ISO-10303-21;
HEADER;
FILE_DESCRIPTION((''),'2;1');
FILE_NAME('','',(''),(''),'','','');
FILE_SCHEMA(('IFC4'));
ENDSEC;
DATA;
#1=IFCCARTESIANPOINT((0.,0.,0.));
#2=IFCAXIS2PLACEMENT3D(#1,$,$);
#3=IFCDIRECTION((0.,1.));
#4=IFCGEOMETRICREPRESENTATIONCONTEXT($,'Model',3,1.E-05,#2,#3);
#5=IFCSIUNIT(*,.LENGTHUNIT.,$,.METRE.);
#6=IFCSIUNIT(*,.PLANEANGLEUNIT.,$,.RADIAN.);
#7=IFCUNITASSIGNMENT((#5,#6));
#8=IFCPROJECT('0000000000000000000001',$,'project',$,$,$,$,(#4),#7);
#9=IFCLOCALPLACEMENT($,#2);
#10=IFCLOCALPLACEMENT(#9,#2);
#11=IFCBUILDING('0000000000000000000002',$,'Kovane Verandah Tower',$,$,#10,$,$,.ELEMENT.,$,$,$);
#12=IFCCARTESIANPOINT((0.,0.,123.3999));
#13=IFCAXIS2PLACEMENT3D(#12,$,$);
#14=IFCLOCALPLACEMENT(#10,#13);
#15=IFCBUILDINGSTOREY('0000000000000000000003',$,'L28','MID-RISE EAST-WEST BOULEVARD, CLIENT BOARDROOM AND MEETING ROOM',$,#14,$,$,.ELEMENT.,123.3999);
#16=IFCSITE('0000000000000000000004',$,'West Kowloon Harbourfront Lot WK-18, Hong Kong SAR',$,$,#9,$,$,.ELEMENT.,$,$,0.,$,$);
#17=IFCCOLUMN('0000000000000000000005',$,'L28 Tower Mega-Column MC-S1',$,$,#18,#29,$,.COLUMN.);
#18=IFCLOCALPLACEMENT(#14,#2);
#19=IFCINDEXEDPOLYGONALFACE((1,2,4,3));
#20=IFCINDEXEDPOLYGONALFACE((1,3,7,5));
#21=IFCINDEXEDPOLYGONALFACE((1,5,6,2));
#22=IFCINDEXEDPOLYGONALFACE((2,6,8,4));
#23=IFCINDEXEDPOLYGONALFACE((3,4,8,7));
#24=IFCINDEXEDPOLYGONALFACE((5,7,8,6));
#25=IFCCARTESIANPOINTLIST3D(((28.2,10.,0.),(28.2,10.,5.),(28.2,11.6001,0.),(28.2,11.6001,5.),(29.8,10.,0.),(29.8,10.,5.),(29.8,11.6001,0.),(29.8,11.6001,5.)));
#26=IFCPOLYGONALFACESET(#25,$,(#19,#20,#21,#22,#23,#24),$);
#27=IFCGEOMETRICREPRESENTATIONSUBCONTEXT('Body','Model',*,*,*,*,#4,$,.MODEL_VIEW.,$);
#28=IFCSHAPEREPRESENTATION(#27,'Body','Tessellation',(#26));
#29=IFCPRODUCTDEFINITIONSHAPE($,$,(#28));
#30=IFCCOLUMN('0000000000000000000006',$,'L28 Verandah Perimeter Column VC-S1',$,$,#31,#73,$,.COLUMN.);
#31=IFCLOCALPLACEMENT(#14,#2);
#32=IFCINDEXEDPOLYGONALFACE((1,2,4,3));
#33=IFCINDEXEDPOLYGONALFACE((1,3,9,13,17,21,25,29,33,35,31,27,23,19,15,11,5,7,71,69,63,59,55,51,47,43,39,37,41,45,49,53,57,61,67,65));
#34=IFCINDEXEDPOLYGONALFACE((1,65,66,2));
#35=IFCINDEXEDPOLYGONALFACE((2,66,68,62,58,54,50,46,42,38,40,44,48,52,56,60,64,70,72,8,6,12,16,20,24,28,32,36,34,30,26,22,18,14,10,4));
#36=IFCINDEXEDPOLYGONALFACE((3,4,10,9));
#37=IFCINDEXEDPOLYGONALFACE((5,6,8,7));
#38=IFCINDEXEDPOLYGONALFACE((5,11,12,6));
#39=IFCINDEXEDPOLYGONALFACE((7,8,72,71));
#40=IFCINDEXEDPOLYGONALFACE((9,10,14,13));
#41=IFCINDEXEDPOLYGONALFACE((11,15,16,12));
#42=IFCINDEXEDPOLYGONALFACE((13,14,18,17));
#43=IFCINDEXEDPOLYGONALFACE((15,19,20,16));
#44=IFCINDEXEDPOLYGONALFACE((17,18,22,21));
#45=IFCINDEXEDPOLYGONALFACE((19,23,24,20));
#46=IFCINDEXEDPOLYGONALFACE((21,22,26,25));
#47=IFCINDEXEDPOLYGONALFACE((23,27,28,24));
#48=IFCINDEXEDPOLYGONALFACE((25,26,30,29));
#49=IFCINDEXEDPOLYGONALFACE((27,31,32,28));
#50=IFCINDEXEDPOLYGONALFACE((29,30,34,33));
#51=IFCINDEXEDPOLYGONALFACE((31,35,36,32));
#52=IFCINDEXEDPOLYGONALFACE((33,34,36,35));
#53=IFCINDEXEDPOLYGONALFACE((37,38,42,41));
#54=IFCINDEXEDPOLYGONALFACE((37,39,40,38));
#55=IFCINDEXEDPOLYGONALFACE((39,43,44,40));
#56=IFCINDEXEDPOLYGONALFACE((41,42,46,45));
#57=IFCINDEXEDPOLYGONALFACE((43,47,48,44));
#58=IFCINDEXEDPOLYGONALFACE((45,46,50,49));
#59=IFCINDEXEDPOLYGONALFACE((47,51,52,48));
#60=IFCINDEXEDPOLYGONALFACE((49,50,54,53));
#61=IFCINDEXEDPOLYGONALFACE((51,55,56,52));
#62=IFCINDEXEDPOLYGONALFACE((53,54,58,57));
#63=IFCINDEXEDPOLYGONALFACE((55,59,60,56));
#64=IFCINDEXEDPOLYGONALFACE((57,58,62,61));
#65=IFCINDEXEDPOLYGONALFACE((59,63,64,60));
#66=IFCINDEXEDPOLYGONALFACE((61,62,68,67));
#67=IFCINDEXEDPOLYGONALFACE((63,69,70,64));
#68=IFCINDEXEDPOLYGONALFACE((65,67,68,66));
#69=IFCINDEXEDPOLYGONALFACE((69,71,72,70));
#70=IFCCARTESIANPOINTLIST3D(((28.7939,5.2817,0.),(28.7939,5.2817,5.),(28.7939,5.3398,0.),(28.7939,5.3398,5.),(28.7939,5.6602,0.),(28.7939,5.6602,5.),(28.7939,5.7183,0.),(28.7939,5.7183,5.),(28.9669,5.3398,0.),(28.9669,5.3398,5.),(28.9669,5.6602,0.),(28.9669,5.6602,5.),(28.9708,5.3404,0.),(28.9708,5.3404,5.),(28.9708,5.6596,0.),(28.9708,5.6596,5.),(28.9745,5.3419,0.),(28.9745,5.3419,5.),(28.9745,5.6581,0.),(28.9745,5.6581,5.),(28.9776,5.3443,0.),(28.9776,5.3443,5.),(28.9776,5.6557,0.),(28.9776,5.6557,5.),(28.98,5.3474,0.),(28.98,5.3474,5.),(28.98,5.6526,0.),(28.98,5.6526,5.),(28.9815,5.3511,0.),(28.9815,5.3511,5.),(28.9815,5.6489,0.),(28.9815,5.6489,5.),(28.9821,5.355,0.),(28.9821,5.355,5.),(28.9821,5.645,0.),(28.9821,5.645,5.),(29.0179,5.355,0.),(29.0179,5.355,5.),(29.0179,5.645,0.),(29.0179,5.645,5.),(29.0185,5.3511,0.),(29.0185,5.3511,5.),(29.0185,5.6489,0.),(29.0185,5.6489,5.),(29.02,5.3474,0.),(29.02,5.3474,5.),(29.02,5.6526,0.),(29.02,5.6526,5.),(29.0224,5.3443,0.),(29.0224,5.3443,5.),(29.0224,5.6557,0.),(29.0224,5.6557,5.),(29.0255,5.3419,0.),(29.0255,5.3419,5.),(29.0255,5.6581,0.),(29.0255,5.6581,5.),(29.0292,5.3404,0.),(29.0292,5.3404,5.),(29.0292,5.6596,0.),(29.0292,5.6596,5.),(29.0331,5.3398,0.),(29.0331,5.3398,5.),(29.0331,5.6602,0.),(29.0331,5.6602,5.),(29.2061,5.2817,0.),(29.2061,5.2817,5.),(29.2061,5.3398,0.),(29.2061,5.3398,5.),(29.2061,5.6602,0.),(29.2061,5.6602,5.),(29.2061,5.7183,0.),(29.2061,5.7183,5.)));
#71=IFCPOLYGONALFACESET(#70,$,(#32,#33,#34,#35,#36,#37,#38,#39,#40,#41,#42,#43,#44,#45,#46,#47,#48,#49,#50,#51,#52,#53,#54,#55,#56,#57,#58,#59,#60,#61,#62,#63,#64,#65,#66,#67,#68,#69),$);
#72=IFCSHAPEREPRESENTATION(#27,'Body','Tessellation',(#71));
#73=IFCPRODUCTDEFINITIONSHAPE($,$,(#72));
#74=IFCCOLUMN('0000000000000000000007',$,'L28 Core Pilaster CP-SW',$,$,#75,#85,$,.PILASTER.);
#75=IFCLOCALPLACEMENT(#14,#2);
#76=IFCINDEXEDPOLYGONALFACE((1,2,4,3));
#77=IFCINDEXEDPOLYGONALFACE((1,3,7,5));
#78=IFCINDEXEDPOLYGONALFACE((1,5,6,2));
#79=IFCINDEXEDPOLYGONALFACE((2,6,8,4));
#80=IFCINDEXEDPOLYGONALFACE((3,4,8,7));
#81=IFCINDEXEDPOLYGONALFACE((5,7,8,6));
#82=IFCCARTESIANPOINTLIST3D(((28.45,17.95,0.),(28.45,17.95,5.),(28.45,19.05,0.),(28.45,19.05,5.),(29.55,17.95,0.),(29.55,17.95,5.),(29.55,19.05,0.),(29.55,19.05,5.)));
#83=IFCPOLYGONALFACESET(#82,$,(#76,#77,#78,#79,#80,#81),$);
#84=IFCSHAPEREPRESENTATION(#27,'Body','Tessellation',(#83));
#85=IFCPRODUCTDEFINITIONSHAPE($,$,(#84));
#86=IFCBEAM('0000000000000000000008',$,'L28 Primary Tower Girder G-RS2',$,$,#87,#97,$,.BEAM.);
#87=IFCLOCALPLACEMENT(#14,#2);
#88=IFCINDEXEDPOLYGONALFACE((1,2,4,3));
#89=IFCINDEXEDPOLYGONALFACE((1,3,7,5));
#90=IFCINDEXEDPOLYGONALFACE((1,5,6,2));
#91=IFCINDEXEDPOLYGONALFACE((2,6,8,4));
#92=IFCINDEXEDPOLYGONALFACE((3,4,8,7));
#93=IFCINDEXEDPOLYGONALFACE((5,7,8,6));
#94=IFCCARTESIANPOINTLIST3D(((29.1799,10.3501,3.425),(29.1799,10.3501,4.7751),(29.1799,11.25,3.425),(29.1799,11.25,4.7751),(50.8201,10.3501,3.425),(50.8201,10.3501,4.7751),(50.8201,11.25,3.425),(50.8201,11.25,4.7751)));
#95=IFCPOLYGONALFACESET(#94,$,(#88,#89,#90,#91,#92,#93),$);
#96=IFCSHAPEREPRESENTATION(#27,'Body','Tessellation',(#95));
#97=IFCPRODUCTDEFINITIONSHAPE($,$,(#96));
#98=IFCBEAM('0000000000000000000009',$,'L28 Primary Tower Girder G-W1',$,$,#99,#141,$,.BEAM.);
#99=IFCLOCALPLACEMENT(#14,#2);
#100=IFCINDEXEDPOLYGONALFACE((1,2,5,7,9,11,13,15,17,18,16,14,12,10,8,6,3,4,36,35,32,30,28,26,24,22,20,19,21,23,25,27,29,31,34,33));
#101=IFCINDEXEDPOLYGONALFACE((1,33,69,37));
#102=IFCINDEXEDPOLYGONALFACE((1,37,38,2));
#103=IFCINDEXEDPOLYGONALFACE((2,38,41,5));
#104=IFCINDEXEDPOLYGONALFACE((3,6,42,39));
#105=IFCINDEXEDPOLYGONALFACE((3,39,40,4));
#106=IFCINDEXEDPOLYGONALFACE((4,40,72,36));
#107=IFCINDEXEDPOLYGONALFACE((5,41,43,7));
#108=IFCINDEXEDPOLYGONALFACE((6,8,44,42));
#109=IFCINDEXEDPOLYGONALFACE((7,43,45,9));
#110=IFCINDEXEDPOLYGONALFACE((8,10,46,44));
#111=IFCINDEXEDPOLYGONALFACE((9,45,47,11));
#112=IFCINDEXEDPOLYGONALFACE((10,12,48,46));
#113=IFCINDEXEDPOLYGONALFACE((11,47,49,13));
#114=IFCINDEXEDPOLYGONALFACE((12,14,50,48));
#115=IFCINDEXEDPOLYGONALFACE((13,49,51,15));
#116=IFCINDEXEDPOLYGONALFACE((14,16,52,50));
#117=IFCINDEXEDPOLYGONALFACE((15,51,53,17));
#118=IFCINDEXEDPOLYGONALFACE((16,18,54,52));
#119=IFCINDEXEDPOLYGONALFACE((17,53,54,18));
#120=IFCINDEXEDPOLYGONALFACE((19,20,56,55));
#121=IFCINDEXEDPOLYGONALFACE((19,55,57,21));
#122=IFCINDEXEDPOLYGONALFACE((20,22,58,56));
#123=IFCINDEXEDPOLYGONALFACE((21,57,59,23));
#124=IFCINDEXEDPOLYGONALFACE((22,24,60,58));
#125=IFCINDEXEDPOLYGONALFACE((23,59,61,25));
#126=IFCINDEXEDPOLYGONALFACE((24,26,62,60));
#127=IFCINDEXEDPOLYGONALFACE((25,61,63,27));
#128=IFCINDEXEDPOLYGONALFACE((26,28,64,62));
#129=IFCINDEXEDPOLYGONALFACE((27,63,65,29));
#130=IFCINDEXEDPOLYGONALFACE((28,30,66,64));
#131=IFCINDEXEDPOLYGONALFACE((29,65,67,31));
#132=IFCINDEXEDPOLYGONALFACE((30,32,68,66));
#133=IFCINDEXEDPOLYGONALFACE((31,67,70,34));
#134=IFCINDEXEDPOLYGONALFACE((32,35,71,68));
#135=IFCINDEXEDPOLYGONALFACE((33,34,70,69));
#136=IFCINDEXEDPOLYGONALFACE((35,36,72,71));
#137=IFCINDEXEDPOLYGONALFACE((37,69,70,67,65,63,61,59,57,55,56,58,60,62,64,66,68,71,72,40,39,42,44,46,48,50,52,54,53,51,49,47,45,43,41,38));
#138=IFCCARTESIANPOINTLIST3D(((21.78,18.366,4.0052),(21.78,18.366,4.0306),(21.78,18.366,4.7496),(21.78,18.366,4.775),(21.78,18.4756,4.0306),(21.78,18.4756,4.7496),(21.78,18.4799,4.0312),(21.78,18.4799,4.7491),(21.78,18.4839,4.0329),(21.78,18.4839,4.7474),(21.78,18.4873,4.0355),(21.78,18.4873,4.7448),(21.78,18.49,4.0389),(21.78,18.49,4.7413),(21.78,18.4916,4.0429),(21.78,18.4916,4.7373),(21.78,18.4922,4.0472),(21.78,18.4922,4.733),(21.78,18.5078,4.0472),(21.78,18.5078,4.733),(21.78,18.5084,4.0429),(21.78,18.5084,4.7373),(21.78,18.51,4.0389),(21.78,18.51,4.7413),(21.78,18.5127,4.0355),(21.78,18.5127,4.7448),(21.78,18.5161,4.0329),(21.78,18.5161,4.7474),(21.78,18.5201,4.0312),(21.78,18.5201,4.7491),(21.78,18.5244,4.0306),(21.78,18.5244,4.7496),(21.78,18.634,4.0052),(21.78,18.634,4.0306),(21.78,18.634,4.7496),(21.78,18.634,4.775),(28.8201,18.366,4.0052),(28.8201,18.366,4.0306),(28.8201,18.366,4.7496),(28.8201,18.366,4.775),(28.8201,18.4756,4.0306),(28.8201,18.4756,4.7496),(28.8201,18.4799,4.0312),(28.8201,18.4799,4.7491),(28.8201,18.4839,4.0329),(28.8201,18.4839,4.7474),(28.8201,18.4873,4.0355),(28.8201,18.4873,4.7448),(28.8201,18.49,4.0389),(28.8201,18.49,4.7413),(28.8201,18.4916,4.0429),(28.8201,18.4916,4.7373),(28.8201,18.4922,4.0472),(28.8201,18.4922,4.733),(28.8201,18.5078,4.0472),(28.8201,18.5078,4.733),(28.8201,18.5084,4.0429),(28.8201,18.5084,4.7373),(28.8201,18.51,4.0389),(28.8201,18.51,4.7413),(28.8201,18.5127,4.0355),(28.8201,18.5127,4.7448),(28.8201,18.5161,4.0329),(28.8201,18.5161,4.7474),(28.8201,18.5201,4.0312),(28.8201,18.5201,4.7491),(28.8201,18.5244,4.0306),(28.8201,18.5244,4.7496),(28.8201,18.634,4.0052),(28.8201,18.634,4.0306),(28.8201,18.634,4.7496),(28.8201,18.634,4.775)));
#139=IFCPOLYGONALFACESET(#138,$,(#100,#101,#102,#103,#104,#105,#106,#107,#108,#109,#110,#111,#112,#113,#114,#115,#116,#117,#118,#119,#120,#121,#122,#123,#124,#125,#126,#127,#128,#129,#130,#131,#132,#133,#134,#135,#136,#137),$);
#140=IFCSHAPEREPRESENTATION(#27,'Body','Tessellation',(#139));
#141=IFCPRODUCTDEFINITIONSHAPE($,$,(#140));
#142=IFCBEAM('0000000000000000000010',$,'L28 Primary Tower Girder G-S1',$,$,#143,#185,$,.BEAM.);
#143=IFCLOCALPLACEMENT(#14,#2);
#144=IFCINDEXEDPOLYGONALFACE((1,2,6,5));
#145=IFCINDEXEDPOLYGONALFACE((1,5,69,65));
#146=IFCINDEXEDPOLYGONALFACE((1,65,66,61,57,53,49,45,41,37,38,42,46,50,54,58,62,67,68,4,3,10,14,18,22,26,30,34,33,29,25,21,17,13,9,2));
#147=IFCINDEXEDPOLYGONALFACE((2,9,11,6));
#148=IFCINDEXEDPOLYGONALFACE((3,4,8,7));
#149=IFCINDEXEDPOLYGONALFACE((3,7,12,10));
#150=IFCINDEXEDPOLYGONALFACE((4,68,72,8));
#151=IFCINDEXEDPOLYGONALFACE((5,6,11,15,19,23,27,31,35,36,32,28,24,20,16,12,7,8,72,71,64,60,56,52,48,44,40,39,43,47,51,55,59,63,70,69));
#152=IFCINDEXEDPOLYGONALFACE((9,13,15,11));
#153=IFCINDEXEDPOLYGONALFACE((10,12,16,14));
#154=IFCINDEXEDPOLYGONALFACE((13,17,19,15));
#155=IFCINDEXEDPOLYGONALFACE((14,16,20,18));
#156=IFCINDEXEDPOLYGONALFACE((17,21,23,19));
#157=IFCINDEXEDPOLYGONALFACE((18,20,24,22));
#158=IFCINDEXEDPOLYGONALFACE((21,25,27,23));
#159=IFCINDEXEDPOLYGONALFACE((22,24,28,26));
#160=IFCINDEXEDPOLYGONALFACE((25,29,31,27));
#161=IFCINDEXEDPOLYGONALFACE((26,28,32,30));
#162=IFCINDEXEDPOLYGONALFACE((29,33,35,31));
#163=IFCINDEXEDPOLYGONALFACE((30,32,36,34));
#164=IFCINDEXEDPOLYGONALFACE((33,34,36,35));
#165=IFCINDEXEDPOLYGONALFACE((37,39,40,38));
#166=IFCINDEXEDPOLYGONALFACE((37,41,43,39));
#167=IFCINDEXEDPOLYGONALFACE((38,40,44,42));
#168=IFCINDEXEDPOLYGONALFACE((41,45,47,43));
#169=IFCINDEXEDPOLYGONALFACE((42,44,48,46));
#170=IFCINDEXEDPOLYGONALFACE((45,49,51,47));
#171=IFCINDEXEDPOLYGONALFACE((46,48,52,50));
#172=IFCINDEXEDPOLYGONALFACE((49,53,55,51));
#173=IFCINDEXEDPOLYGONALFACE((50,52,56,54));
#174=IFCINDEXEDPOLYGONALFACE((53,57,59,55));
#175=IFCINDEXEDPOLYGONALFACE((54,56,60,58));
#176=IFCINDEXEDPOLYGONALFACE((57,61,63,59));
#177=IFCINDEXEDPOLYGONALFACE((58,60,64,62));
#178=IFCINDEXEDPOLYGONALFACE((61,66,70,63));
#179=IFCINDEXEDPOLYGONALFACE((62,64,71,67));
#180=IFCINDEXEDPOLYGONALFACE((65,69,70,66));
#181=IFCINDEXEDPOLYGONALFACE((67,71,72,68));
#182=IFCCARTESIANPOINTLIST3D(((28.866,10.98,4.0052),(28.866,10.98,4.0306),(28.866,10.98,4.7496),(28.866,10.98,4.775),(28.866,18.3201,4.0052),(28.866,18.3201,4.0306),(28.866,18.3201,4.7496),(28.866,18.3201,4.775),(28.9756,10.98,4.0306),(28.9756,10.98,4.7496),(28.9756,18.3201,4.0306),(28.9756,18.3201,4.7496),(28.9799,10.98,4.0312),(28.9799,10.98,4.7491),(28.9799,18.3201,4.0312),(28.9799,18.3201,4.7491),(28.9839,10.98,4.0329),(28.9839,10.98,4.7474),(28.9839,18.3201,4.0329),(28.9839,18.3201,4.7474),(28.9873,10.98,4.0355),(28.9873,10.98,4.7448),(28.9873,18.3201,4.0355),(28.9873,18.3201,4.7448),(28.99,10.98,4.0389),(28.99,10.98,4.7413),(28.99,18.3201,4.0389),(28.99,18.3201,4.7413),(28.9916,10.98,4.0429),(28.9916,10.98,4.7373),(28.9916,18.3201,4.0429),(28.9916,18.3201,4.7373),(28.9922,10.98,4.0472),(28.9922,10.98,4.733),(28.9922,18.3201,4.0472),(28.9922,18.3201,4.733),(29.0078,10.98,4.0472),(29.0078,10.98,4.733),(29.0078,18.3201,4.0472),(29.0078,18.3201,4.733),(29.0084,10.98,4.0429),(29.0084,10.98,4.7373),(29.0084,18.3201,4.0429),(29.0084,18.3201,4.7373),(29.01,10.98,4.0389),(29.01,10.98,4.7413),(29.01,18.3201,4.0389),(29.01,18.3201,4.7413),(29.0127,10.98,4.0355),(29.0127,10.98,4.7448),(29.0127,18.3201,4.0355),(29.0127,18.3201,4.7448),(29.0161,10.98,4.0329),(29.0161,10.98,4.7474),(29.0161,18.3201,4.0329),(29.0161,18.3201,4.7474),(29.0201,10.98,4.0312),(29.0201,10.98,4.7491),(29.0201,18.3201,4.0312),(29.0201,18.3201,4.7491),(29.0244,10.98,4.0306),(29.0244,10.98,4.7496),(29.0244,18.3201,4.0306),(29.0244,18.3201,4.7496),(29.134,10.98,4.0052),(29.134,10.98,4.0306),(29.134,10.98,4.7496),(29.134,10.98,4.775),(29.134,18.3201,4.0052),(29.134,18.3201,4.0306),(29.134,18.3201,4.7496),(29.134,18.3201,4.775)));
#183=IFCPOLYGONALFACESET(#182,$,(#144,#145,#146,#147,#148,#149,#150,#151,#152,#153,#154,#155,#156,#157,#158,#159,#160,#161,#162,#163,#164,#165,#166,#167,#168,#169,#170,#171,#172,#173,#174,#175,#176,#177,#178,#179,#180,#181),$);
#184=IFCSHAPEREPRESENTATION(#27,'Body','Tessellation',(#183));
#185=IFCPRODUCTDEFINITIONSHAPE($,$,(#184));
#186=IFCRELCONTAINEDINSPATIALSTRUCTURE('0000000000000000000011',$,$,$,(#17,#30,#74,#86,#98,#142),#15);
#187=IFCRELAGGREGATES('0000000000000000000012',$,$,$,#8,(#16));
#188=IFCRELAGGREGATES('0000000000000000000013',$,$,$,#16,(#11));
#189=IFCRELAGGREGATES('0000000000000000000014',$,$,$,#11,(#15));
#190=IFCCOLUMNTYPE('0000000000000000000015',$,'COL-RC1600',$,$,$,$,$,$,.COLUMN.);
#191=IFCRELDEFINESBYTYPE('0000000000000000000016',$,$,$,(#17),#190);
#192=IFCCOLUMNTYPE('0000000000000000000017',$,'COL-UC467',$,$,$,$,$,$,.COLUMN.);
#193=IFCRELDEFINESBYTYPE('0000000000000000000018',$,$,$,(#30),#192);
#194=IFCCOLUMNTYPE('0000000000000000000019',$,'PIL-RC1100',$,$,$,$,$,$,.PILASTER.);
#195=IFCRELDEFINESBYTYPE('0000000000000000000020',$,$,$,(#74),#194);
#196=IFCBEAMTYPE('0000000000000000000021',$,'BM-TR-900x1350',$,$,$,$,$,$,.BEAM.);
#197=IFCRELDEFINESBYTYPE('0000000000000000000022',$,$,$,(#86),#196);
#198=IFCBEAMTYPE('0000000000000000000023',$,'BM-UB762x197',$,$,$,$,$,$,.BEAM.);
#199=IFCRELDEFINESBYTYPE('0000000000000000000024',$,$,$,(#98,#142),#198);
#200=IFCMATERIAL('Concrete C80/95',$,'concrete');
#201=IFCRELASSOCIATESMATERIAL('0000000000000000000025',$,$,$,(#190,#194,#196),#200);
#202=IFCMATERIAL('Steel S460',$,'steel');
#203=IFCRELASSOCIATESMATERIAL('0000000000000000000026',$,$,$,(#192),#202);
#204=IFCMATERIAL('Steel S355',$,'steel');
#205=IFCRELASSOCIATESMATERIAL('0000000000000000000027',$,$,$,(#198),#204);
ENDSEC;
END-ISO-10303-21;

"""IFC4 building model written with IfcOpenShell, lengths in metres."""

from ifc_helpers import new_model, si_unit, direction, frame, origin, origin_2d, place, context, subcontext, project, spatial, rectangle, i_section, extrude, material, material_profile, profile_set, type_object, element, save


model = new_model("IFC4")

# Units and contexts
model_context = context("Model", 3, precision=1e-05, world=origin(), true_north=direction((0.0, 1.0)))
body_context = subcontext(model_context, "Body", "Model", "MODEL_VIEW")
ifc_project = project(units=[si_unit("LENGTHUNIT", "METRE"), si_unit("PLANEANGLEUNIT", "RADIAN")], contexts=[model_context])

# Site, building, storey
site_placement = place(None, origin())
site = spatial("IfcSite", under=ifc_project, at=site_placement, Name="West Kowloon Harbourfront Lot WK-18, Hong Kong SAR", CompositionType="ELEMENT", RefElevation=0.0)
building_placement = place(site_placement, origin())
building = spatial("IfcBuilding", under=site, at=building_placement, Name="Kovane Verandah Tower", CompositionType="ELEMENT")
storey_placement = place(building_placement, frame((0.0, 0.0, 123.3999)))
storey = spatial("IfcBuildingStorey", under=building, at=storey_placement, Name="L28", Description="MID-RISE EAST-WEST BOULEVARD, CLIENT BOARDROOM AND MEETING ROOM", CompositionType="ELEMENT", Elevation=123.3999)

# Columns
ifc_material_1 = material(Name="Concrete C80/95", Category="concrete")
ifc_material_profile_1 = material_profile(ifc_material_1, rectangle(XDim=1.6001, YDim=1.6001, at=origin_2d()), Name="RC1600x1600")
ifc_profile_set_1 = profile_set([ifc_material_profile_1], Name="Concrete C80/95")
column_type_1 = type_object("IfcColumnType", Name="COL-RC1600", PredefinedType="COLUMN", material=ifc_profile_set_1)
column_1_placement = place(storey_placement, frame((29.0, 10.8, 0.0), z_axis=(0.0, 0.0, 1.0), x_axis=(1.0, 0.0, 0.0)))
element("IfcColumn", 1, at=column_1_placement, inside=storey, type_object=column_type_1, Name="L28 Tower Mega-Column MC-S1", PredefinedType="COLUMN", context=body_context, shape_type="SweptSolid", body=[
    extrude(rectangle(XDim=1.6001, YDim=1.6001, at=origin_2d()), origin(), (0.0, 0.0, 1.0), 5.0),
])
ifc_material_2 = material(Name="Steel S460", Category="steel")
ifc_material_profile_2 = material_profile(ifc_material_2, i_section(OverallWidth=0.4121, OverallDepth=0.4365, WebThickness=0.0359, FlangeThickness=0.0581, FilletRadius=0.0151, at=origin_2d()), Name="UC356x406x467")
ifc_profile_set_2 = profile_set([ifc_material_profile_2], Name="Steel S460")
column_type_2 = type_object("IfcColumnType", Name="COL-UC467", PredefinedType="COLUMN", material=ifc_profile_set_2)
column_2_placement = place(storey_placement, frame((29.0, 5.5, 0.0), z_axis=(0.0, 0.0, 1.0), x_axis=(1.0, 0.0, 0.0)))
element("IfcColumn", 2, at=column_2_placement, inside=storey, type_object=column_type_2, Name="L28 Verandah Perimeter Column VC-S1", PredefinedType="COLUMN", context=body_context, shape_type="SweptSolid", body=[
    extrude(i_section(OverallWidth=0.4121, OverallDepth=0.4365, WebThickness=0.0359, FlangeThickness=0.0581, FilletRadius=0.0151, at=origin_2d()), origin(), (0.0, 0.0, 1.0), 5.0),
])
ifc_material_profile_3 = material_profile(ifc_material_1, rectangle(XDim=1.1001, YDim=1.1001, at=origin_2d()), Name="RC1100x1100")
ifc_profile_set_3 = profile_set([ifc_material_profile_3], Name="Concrete C80/95")
column_type_3 = type_object("IfcColumnType", Name="PIL-RC1100", PredefinedType="PILASTER", material=ifc_profile_set_3)
column_3_placement = place(storey_placement, frame((29.0, 18.5, 0.0), z_axis=(0.0, 0.0, 1.0), x_axis=(1.0, 0.0, 0.0)))
element("IfcColumn", 3, at=column_3_placement, inside=storey, type_object=column_type_3, Name="L28 Core Pilaster CP-SW", PredefinedType="PILASTER", context=body_context, shape_type="SweptSolid", body=[
    extrude(rectangle(XDim=1.1001, YDim=1.1001, at=origin_2d()), origin(), (0.0, 0.0, 1.0), 5.0),
])

# Beams
ifc_material_profile_4 = material_profile(ifc_material_1, rectangle(XDim=0.8999, YDim=1.3501, at=origin_2d()), Name="RCB900x1350")
ifc_profile_set_4 = profile_set([ifc_material_profile_4], Name="Concrete C80/95")
beam_type_1 = type_object("IfcBeamType", Name="BM-TR-900x1350", PredefinedType="BEAM", material=ifc_profile_set_4)
beam_1_placement = place(storey_placement, frame((29.1799, 10.8, 4.1001), z_axis=(1.0, 0.0, 0.0), x_axis=(0.0, 1.0, 0.0)))
element("IfcBeam", 4, at=beam_1_placement, inside=storey, type_object=beam_type_1, Name="L28 Primary Tower Girder G-RS2", PredefinedType="BEAM", context=body_context, shape_type="SweptSolid", body=[
    extrude(rectangle(XDim=0.8999, YDim=1.3501, at=origin_2d()), origin(), (0.0, 0.0, 1.0), 21.6401),
])
ifc_material_3 = material(Name="Steel S355", Category="steel")
ifc_material_profile_5 = material_profile(ifc_material_3, i_section(OverallWidth=0.2681, OverallDepth=0.7698, WebThickness=0.0156, FlangeThickness=0.0254, FilletRadius=0.0166, at=origin_2d()), Name="UB762x267x197")
ifc_profile_set_5 = profile_set([ifc_material_profile_5], Name="Steel S355")
beam_type_2 = type_object("IfcBeamType", Name="BM-UB762x197", PredefinedType="BEAM", material=ifc_profile_set_5)
beam_2_placement = place(storey_placement, frame((28.8201, 18.5, 4.3901), z_axis=(-1.0, 0.0, 0.0), x_axis=(0.0, -1.0, 0.0)))
element("IfcBeam", 5, at=beam_2_placement, inside=storey, type_object=beam_type_2, Name="L28 Primary Tower Girder G-W1", PredefinedType="BEAM", context=body_context, shape_type="SweptSolid", body=[
    extrude(i_section(OverallWidth=0.2681, OverallDepth=0.7698, WebThickness=0.0156, FlangeThickness=0.0254, FilletRadius=0.0166, at=origin_2d()), origin(), (0.0, 0.0, 1.0), 7.04),
])
beam_3_placement = place(storey_placement, frame((29.0, 18.3201, 4.3901), z_axis=(0.0, -1.0, 0.0), x_axis=(1.0, 0.0, 0.0)))
element("IfcBeam", 6, at=beam_3_placement, inside=storey, type_object=beam_type_2, Name="L28 Primary Tower Girder G-S1", PredefinedType="BEAM", context=body_context, shape_type="SweptSolid", body=[
    extrude(i_section(OverallWidth=0.2681, OverallDepth=0.7698, WebThickness=0.0156, FlangeThickness=0.0254, FilletRadius=0.0166, at=origin_2d()), origin(), (0.0, 0.0, 1.0), 7.3401),
])

save(model, "model.ifc")
